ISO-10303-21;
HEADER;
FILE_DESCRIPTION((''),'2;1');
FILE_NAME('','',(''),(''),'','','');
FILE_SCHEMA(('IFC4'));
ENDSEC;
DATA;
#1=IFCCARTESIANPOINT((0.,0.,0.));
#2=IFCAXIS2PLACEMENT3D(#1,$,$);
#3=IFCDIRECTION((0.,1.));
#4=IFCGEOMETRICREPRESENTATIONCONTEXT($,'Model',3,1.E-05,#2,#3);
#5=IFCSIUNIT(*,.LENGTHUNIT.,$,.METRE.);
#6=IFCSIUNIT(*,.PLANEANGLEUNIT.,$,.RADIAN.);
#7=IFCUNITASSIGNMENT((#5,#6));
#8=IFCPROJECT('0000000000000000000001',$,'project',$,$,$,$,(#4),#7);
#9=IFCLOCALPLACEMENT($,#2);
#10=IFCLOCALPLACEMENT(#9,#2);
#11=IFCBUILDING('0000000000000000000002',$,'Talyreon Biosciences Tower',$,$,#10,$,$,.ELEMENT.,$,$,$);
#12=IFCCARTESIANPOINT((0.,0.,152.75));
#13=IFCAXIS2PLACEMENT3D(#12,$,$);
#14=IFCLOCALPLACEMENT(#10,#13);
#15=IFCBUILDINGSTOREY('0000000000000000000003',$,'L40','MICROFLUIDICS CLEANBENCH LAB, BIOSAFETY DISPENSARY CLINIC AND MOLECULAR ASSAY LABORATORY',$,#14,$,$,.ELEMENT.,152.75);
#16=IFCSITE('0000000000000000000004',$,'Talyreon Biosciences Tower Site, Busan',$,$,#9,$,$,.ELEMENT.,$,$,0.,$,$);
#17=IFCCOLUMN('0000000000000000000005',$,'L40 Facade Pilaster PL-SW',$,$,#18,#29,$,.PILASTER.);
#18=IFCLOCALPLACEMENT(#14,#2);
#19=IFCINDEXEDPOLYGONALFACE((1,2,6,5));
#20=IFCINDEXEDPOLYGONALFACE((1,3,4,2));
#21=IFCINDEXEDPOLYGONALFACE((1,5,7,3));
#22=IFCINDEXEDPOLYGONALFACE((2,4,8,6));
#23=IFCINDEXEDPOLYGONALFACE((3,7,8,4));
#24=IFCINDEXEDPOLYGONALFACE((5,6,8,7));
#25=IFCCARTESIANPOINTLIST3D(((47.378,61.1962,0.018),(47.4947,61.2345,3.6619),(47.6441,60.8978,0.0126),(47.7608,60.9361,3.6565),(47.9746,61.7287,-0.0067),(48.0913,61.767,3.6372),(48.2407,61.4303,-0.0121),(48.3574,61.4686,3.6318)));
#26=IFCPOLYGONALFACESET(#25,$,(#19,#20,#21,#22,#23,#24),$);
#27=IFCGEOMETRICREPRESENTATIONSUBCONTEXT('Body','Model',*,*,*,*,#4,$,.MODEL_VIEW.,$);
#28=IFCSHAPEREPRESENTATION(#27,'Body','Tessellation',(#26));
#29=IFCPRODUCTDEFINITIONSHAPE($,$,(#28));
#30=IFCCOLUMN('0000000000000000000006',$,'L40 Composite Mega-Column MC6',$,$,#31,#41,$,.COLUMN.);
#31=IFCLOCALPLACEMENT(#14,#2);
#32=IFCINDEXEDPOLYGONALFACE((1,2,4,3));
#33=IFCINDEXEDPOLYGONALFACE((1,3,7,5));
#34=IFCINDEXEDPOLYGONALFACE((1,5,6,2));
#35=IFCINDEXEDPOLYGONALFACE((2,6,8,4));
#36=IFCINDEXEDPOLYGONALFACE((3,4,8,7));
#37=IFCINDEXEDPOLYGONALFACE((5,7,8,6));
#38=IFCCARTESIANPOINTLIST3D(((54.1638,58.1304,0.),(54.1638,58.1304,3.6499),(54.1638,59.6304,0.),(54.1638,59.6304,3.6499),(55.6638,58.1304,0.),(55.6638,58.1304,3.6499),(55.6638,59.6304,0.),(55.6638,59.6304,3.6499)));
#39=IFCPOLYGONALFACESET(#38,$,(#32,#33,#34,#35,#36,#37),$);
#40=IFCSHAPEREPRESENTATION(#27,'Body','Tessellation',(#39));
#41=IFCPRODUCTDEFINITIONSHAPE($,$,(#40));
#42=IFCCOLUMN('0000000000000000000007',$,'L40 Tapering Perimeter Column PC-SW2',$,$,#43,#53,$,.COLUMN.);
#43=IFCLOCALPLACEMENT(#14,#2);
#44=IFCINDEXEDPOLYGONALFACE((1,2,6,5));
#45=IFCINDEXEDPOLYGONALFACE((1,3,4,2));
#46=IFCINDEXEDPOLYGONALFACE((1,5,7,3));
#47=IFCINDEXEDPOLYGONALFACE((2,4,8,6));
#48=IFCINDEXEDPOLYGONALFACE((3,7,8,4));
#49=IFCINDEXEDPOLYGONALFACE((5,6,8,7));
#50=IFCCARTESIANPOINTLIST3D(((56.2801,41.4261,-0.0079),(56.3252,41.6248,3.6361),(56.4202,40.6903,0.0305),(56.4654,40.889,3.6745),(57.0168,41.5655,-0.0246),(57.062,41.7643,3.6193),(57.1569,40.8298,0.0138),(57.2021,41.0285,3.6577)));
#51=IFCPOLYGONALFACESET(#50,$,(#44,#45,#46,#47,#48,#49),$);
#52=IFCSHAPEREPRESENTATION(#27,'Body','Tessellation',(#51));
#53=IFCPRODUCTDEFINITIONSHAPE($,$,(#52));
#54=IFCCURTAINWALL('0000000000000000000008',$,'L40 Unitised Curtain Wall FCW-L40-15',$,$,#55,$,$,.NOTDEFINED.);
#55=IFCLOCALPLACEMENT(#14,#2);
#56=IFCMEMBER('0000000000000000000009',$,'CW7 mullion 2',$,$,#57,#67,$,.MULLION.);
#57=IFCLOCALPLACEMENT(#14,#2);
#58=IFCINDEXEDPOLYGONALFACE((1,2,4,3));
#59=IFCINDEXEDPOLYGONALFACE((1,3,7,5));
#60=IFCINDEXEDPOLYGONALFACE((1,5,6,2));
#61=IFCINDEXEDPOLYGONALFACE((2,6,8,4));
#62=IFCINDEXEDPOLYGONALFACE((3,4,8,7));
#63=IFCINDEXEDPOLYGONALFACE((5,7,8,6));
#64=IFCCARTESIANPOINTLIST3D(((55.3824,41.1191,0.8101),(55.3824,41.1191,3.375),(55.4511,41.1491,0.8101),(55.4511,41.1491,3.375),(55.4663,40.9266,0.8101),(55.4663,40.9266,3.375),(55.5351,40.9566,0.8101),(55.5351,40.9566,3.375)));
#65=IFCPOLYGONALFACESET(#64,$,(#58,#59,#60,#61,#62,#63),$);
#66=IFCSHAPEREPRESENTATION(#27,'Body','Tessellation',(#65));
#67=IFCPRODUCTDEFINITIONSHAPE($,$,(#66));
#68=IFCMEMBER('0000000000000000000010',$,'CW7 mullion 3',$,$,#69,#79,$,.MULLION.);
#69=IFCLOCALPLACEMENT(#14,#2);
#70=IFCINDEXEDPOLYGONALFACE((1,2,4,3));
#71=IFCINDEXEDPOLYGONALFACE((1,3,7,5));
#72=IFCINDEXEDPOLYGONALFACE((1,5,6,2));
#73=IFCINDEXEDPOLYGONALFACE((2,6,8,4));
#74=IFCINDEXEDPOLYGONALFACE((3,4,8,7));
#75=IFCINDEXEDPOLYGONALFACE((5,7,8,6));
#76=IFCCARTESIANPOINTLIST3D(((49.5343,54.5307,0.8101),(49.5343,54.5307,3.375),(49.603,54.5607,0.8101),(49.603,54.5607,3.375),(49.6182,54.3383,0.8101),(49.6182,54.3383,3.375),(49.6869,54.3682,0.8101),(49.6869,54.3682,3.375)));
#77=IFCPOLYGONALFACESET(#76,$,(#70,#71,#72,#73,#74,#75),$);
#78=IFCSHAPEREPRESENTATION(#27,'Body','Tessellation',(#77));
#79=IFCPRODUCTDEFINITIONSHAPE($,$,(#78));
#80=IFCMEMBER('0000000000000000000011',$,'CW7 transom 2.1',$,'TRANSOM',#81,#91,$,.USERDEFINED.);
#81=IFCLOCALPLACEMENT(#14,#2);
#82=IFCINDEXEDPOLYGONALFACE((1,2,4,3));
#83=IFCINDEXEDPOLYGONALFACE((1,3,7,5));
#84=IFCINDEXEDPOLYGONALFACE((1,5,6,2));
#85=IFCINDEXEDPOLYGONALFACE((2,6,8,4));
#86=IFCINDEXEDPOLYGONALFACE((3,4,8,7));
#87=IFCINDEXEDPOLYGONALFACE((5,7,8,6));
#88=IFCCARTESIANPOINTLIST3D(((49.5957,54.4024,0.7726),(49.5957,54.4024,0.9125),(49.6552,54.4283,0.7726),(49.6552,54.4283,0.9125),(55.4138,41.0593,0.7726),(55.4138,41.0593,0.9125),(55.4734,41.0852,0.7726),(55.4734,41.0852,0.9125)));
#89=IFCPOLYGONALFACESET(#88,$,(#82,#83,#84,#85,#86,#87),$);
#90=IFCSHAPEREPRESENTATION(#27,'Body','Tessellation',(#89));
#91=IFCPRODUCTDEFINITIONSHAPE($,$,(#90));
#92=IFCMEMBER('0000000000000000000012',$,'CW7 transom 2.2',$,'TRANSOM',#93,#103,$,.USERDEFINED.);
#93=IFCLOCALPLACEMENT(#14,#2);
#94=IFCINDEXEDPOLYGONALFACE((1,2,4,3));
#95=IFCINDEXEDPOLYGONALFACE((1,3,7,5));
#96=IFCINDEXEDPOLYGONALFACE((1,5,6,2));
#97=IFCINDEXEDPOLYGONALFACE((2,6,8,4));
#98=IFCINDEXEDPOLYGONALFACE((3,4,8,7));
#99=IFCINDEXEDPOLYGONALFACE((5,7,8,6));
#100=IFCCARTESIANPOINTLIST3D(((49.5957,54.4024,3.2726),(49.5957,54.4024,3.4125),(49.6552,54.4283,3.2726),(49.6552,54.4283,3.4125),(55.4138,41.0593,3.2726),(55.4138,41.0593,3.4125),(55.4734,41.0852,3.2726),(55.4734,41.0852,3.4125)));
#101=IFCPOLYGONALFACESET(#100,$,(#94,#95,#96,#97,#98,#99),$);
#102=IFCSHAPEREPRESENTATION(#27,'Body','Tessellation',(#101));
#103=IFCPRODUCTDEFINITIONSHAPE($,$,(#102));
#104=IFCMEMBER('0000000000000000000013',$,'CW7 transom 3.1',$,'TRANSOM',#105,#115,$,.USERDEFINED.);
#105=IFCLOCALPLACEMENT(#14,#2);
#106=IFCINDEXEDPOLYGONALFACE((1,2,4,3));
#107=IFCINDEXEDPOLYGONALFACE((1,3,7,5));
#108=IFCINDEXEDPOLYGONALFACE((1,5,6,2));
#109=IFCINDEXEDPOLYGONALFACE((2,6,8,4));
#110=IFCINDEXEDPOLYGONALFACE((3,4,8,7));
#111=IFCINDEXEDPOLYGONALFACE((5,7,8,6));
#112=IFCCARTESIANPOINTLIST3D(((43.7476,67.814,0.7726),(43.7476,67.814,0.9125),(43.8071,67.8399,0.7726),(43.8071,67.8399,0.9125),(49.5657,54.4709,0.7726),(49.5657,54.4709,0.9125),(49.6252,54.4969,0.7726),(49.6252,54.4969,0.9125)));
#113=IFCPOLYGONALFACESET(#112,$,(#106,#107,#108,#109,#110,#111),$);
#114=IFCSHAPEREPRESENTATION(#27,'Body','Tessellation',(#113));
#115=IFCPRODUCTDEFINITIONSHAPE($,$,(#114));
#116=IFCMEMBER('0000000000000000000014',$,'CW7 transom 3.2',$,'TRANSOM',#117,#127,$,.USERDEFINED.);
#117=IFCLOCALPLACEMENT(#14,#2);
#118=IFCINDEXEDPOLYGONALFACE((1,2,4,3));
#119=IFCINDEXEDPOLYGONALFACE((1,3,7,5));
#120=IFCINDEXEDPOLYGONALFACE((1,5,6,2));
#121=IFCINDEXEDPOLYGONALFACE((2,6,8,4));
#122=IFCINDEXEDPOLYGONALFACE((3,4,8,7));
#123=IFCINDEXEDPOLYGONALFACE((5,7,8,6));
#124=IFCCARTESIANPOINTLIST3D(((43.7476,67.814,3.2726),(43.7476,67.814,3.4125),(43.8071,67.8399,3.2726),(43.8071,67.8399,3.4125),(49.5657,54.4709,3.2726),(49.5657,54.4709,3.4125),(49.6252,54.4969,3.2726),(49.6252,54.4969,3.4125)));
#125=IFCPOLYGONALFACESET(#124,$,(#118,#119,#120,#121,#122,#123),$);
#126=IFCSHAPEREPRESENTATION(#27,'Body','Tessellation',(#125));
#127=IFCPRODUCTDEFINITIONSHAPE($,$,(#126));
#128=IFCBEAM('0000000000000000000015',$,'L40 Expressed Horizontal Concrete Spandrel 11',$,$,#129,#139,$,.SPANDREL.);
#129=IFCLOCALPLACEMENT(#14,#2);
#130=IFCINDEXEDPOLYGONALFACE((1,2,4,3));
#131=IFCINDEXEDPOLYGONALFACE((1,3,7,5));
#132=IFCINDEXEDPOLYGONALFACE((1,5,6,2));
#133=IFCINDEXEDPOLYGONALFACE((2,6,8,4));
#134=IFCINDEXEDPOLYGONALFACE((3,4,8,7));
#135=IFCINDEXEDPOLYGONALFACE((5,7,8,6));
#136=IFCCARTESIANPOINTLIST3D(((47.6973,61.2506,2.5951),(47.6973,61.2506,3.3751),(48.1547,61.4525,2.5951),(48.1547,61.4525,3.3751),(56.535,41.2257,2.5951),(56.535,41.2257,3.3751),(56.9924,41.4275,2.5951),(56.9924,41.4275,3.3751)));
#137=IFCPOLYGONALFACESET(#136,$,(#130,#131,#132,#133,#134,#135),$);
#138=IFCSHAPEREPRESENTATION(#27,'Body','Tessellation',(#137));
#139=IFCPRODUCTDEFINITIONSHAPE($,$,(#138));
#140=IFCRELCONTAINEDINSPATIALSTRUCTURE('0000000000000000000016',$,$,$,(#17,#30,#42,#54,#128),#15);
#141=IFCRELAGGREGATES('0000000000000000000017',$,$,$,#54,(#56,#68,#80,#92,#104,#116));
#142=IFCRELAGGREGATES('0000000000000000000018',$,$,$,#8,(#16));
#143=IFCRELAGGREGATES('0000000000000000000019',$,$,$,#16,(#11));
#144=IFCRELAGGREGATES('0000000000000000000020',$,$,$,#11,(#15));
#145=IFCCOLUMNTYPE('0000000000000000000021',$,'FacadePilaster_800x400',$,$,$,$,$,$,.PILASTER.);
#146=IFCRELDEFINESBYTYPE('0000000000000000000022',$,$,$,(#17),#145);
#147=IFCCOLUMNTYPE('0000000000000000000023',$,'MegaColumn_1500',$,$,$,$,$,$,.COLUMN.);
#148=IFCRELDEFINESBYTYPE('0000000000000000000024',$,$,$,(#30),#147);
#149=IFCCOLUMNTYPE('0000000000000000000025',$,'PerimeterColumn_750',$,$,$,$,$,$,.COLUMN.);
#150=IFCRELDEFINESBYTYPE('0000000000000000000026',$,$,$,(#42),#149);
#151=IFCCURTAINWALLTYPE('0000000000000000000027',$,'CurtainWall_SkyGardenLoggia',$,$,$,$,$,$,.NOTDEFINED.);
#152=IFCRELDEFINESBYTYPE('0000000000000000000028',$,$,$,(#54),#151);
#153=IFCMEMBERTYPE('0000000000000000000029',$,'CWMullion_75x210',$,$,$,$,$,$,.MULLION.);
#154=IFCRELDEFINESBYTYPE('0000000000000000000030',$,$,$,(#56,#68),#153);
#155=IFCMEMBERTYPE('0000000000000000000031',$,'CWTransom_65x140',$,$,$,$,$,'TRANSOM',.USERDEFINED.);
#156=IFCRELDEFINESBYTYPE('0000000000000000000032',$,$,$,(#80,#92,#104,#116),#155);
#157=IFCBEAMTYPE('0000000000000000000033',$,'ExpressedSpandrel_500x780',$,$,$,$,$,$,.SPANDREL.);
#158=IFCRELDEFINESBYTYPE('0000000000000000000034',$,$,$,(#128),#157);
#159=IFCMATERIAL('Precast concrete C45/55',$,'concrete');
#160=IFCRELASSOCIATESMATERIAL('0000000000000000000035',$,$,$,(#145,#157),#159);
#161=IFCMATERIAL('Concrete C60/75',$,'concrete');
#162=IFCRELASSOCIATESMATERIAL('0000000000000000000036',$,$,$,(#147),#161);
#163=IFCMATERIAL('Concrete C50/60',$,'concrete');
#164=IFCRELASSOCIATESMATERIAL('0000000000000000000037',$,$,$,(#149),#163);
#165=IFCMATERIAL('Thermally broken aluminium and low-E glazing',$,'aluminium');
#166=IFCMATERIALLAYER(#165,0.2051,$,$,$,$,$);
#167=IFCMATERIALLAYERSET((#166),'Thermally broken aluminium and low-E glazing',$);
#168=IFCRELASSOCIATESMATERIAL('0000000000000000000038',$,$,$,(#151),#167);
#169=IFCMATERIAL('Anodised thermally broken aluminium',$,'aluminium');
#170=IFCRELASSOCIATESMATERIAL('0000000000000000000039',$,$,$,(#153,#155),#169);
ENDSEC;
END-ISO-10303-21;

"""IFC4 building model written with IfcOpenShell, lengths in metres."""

from ifc_helpers import new_model, si_unit, direction, frame, origin, origin_2d, place, context, subcontext, project, spatial, rectangle, extrude, material, layer, layer_set, material_profile, profile_set, type_object, element, aggregate, save


model = new_model("IFC4")

# Units and contexts
model_context = context("Model", 3, precision=1e-05, world=origin(), true_north=direction((0.0, 1.0)))
body_context = subcontext(model_context, "Body", "Model", "MODEL_VIEW")
ifc_project = project(units=[si_unit("LENGTHUNIT", "METRE"), si_unit("PLANEANGLEUNIT", "RADIAN")], contexts=[model_context])

# Site, building, storey
site_placement = place(None, origin())
site = spatial("IfcSite", under=ifc_project, at=site_placement, Name="Talyreon Biosciences Tower Site, Busan", CompositionType="ELEMENT", RefElevation=0.0)
building_placement = place(site_placement, origin())
building = spatial("IfcBuilding", under=site, at=building_placement, Name="Talyreon Biosciences Tower", CompositionType="ELEMENT")
storey_placement = place(building_placement, frame((0.0, 0.0, 152.75)))
storey = spatial("IfcBuildingStorey", under=building, at=storey_placement, Name="L40", Description="MICROFLUIDICS CLEANBENCH LAB, BIOSAFETY DISPENSARY CLINIC AND MOLECULAR ASSAY LABORATORY", CompositionType="ELEMENT", Elevation=152.75)

# Columns
ifc_material_1 = material(Name="Precast concrete C45/55", Category="concrete")
ifc_material_profile_1 = material_profile(ifc_material_1, rectangle(XDim=0.8, YDim=0.3999, at=origin_2d()), Name="RC 800x400")
ifc_profile_set_1 = profile_set([ifc_material_profile_1], Name="Precast concrete C45/55")
column_type_1 = type_object("IfcColumnType", Name="FacadePilaster_800x400", PredefinedType="PILASTER", material=ifc_profile_set_1)
column_1_placement = place(storey_placement, frame((47.8093, 61.3132, 0.0029), z_axis=(0.032006, 0.010513, 0.999432), x_axis=(0.745704, 0.665561, -0.030882)))
element("IfcColumn", 1, at=column_1_placement, inside=storey, type_object=column_type_1, Name="L40 Facade Pilaster PL-SW", PredefinedType="PILASTER", context=body_context, shape_type="SweptSolid", body=[
    extrude(rectangle(XDim=0.8, YDim=0.3999, at=origin_2d()), origin(), (0.0, 0.0, 1.0), 3.646),
])
ifc_material_2 = material(Name="Concrete C60/75", Category="concrete")
ifc_material_profile_2 = material_profile(ifc_material_2, rectangle(XDim=1.5, YDim=1.5, at=origin_2d()), Name="RC 1500x1500")
ifc_profile_set_2 = profile_set([ifc_material_profile_2], Name="Concrete C60/75")
column_type_2 = type_object("IfcColumnType", Name="MegaColumn_1500", PredefinedType="COLUMN", material=ifc_profile_set_2)
column_2_placement = place(storey_placement, frame((54.9138, 58.8804, 0.0), z_axis=(0.0, 0.0, 1.0), x_axis=(1.0, 0.0, 0.0)))
element("IfcColumn", 2, at=column_2_placement, inside=storey, type_object=column_type_2, Name="L40 Composite Mega-Column MC6", PredefinedType="COLUMN", context=body_context, shape_type="SweptSolid", body=[
    extrude(rectangle(XDim=1.5, YDim=1.5, at=origin_2d()), origin(), (0.0, 0.0, 1.0), 3.6499),
])
ifc_material_3 = material(Name="Concrete C50/60", Category="concrete")
ifc_material_profile_3 = material_profile(ifc_material_3, rectangle(XDim=0.75, YDim=0.75, at=origin_2d()), Name="RC 750x750")
ifc_profile_set_3 = profile_set([ifc_material_profile_3], Name="Concrete C50/60")
column_type_3 = type_object("IfcColumnType", Name="PerimeterColumn_750", PredefinedType="COLUMN", material=ifc_profile_set_3)
column_3_placement = place(storey_placement, frame((56.7185, 41.1279, 0.0029), z_axis=(0.012375, 0.054451, 0.99844), x_axis=(-0.186854, 0.981053, -0.051186)))
element("IfcColumn", 3, at=column_3_placement, inside=storey, type_object=column_type_3, Name="L40 Tapering Perimeter Column PC-SW2", PredefinedType="COLUMN", context=body_context, shape_type="SweptSolid", body=[
    extrude(rectangle(XDim=0.75, YDim=0.75, at=origin_2d()), origin(), (0.0, 0.0, 1.0), 3.6497),
])

# Curtain wall, members
ifc_material_4 = material(Name="Thermally broken aluminium and low-E glazing", Category="aluminium")
ifc_layer_1 = layer(ifc_material_4, 0.2051)
ifc_layer_set_1 = layer_set([ifc_layer_1], Name="Thermally broken aluminium and low-E glazing")
curtain_wall_type = type_object("IfcCurtainWallType", Name="CurtainWall_SkyGardenLoggia", PredefinedType="NOTDEFINED", material=ifc_layer_set_1)
curtain_wall_placement = place(storey_placement, origin())
curtain_wall = element("IfcCurtainWall", 4, at=curtain_wall_placement, inside=storey, type_object=curtain_wall_type, Name="L40 Unitised Curtain Wall FCW-L40-15", PredefinedType="NOTDEFINED")
ifc_material_5 = material(Name="Anodised thermally broken aluminium", Category="aluminium")
ifc_material_profile_4 = material_profile(ifc_material_5, rectangle(XDim=0.075, YDim=0.21, at=origin_2d()), Name="ALUM MULLION 75x210")
ifc_profile_set_4 = profile_set([ifc_material_profile_4], Name="Anodised thermally broken aluminium")
member_type_1 = type_object("IfcMemberType", Name="CWMullion_75x210", PredefinedType="MULLION", material=ifc_profile_set_4)
member_1_placement = place(storey_placement, frame((55.4587, 41.0378, 0.8101), z_axis=(0.0, 0.0, 1.0), x_axis=(-0.916647, -0.399698, 0.0)))
member_1 = element("IfcMember", 5, at=member_1_placement, type_object=member_type_1, Name="CW7 mullion 2", PredefinedType="MULLION", context=body_context, shape_type="SweptSolid", body=[
    extrude(rectangle(XDim=0.075, YDim=0.21, at=origin_2d()), origin(), (0.0, 0.0, 1.0), 2.5649),
])
member_2_placement = place(storey_placement, frame((49.6106, 54.4495, 0.8101), z_axis=(0.0, 0.0, 1.0), x_axis=(-0.916647, -0.399698, 0.0)))
member_2 = element("IfcMember", 6, at=member_2_placement, type_object=member_type_1, Name="CW7 mullion 3", PredefinedType="MULLION", context=body_context, shape_type="SweptSolid", body=[
    extrude(rectangle(XDim=0.075, YDim=0.21, at=origin_2d()), origin(), (0.0, 0.0, 1.0), 2.5649),
])
ifc_material_profile_5 = material_profile(ifc_material_5, rectangle(XDim=0.0649, YDim=0.1399, at=origin_2d()), Name="ALUM TRANSOM 65x140")
ifc_profile_set_5 = profile_set([ifc_material_profile_5], Name="Anodised thermally broken aluminium")
member_type_2 = type_object("IfcMemberType", Name="CWTransom_65x140", ElementType="TRANSOM", PredefinedType="USERDEFINED", material=ifc_profile_set_5)
member_3_placement = place(storey_placement, frame((55.4436, 41.0723, 0.8425), z_axis=(-0.399697, 0.916647, 0.0), x_axis=(-0.916647, -0.399697, 0.0)))
member_3 = element("IfcMember", 7, at=member_3_placement, type_object=member_type_2, Name="CW7 transom 2.1", ObjectType="TRANSOM", PredefinedType="USERDEFINED", context=body_context, shape_type="SweptSolid", body=[
    extrude(rectangle(XDim=0.0649, YDim=0.1399, at=origin_2d()), origin(), (0.0, 0.0, 1.0), 14.5564),
])
member_4_placement = place(storey_placement, frame((55.4436, 41.0723, 3.3425), z_axis=(-0.399697, 0.916647, 0.0), x_axis=(-0.916647, -0.399697, 0.0)))
member_4 = element("IfcMember", 8, at=member_4_placement, type_object=member_type_2, Name="CW7 transom 2.2", ObjectType="TRANSOM", PredefinedType="USERDEFINED", context=body_context, shape_type="SweptSolid", body=[
    extrude(rectangle(XDim=0.0649, YDim=0.1399, at=origin_2d()), origin(), (0.0, 0.0, 1.0), 14.5564),
])
member_5_placement = place(storey_placement, frame((49.5955, 54.4839, 0.8425), z_axis=(-0.399697, 0.916647, 0.0), x_axis=(-0.916647, -0.399697, 0.0)))
member_5 = element("IfcMember", 9, at=member_5_placement, type_object=member_type_2, Name="CW7 transom 3.1", ObjectType="TRANSOM", PredefinedType="USERDEFINED", context=body_context, shape_type="SweptSolid", body=[
    extrude(rectangle(XDim=0.0649, YDim=0.1399, at=origin_2d()), origin(), (0.0, 0.0, 1.0), 14.5564),
])
member_6_placement = place(storey_placement, frame((49.5955, 54.4839, 3.3425), z_axis=(-0.399697, 0.916647, 0.0), x_axis=(-0.916647, -0.399697, 0.0)))
member_6 = element("IfcMember", 10, at=member_6_placement, type_object=member_type_2, Name="CW7 transom 3.2", ObjectType="TRANSOM", PredefinedType="USERDEFINED", context=body_context, shape_type="SweptSolid", body=[
    extrude(rectangle(XDim=0.0649, YDim=0.1399, at=origin_2d()), origin(), (0.0, 0.0, 1.0), 14.5564),
])

# Beam
ifc_material_profile_6 = material_profile(ifc_material_1, rectangle(XDim=0.5, YDim=0.78, at=origin_2d()), Name="RCB 500x780")
ifc_profile_set_6 = profile_set([ifc_material_profile_6], Name="Precast concrete C45/55")
beam_type_1 = type_object("IfcBeamType", Name="ExpressedSpandrel_500x780", PredefinedType="SPANDREL", material=ifc_profile_set_6)
beam_1_placement = place(storey_placement, frame((47.926, 61.3516, 2.9851), z_axis=(0.40376, -0.914865, 0.0), x_axis=(0.914865, 0.40376, 0.0)))
element("IfcBeam", 11, at=beam_1_placement, inside=storey, type_object=beam_type_1, Name="L40 Expressed Horizontal Concrete Spandrel 11", PredefinedType="SPANDREL", context=body_context, shape_type="SweptSolid", body=[
    extrude(rectangle(XDim=0.5, YDim=0.78, at=origin_2d()), origin(), (0.0, 0.0, 1.0), 21.8884),
])

aggregate(curtain_wall, [member_1, member_2, member_3, member_4, member_5, member_6])

save(model, "model.ifc")
